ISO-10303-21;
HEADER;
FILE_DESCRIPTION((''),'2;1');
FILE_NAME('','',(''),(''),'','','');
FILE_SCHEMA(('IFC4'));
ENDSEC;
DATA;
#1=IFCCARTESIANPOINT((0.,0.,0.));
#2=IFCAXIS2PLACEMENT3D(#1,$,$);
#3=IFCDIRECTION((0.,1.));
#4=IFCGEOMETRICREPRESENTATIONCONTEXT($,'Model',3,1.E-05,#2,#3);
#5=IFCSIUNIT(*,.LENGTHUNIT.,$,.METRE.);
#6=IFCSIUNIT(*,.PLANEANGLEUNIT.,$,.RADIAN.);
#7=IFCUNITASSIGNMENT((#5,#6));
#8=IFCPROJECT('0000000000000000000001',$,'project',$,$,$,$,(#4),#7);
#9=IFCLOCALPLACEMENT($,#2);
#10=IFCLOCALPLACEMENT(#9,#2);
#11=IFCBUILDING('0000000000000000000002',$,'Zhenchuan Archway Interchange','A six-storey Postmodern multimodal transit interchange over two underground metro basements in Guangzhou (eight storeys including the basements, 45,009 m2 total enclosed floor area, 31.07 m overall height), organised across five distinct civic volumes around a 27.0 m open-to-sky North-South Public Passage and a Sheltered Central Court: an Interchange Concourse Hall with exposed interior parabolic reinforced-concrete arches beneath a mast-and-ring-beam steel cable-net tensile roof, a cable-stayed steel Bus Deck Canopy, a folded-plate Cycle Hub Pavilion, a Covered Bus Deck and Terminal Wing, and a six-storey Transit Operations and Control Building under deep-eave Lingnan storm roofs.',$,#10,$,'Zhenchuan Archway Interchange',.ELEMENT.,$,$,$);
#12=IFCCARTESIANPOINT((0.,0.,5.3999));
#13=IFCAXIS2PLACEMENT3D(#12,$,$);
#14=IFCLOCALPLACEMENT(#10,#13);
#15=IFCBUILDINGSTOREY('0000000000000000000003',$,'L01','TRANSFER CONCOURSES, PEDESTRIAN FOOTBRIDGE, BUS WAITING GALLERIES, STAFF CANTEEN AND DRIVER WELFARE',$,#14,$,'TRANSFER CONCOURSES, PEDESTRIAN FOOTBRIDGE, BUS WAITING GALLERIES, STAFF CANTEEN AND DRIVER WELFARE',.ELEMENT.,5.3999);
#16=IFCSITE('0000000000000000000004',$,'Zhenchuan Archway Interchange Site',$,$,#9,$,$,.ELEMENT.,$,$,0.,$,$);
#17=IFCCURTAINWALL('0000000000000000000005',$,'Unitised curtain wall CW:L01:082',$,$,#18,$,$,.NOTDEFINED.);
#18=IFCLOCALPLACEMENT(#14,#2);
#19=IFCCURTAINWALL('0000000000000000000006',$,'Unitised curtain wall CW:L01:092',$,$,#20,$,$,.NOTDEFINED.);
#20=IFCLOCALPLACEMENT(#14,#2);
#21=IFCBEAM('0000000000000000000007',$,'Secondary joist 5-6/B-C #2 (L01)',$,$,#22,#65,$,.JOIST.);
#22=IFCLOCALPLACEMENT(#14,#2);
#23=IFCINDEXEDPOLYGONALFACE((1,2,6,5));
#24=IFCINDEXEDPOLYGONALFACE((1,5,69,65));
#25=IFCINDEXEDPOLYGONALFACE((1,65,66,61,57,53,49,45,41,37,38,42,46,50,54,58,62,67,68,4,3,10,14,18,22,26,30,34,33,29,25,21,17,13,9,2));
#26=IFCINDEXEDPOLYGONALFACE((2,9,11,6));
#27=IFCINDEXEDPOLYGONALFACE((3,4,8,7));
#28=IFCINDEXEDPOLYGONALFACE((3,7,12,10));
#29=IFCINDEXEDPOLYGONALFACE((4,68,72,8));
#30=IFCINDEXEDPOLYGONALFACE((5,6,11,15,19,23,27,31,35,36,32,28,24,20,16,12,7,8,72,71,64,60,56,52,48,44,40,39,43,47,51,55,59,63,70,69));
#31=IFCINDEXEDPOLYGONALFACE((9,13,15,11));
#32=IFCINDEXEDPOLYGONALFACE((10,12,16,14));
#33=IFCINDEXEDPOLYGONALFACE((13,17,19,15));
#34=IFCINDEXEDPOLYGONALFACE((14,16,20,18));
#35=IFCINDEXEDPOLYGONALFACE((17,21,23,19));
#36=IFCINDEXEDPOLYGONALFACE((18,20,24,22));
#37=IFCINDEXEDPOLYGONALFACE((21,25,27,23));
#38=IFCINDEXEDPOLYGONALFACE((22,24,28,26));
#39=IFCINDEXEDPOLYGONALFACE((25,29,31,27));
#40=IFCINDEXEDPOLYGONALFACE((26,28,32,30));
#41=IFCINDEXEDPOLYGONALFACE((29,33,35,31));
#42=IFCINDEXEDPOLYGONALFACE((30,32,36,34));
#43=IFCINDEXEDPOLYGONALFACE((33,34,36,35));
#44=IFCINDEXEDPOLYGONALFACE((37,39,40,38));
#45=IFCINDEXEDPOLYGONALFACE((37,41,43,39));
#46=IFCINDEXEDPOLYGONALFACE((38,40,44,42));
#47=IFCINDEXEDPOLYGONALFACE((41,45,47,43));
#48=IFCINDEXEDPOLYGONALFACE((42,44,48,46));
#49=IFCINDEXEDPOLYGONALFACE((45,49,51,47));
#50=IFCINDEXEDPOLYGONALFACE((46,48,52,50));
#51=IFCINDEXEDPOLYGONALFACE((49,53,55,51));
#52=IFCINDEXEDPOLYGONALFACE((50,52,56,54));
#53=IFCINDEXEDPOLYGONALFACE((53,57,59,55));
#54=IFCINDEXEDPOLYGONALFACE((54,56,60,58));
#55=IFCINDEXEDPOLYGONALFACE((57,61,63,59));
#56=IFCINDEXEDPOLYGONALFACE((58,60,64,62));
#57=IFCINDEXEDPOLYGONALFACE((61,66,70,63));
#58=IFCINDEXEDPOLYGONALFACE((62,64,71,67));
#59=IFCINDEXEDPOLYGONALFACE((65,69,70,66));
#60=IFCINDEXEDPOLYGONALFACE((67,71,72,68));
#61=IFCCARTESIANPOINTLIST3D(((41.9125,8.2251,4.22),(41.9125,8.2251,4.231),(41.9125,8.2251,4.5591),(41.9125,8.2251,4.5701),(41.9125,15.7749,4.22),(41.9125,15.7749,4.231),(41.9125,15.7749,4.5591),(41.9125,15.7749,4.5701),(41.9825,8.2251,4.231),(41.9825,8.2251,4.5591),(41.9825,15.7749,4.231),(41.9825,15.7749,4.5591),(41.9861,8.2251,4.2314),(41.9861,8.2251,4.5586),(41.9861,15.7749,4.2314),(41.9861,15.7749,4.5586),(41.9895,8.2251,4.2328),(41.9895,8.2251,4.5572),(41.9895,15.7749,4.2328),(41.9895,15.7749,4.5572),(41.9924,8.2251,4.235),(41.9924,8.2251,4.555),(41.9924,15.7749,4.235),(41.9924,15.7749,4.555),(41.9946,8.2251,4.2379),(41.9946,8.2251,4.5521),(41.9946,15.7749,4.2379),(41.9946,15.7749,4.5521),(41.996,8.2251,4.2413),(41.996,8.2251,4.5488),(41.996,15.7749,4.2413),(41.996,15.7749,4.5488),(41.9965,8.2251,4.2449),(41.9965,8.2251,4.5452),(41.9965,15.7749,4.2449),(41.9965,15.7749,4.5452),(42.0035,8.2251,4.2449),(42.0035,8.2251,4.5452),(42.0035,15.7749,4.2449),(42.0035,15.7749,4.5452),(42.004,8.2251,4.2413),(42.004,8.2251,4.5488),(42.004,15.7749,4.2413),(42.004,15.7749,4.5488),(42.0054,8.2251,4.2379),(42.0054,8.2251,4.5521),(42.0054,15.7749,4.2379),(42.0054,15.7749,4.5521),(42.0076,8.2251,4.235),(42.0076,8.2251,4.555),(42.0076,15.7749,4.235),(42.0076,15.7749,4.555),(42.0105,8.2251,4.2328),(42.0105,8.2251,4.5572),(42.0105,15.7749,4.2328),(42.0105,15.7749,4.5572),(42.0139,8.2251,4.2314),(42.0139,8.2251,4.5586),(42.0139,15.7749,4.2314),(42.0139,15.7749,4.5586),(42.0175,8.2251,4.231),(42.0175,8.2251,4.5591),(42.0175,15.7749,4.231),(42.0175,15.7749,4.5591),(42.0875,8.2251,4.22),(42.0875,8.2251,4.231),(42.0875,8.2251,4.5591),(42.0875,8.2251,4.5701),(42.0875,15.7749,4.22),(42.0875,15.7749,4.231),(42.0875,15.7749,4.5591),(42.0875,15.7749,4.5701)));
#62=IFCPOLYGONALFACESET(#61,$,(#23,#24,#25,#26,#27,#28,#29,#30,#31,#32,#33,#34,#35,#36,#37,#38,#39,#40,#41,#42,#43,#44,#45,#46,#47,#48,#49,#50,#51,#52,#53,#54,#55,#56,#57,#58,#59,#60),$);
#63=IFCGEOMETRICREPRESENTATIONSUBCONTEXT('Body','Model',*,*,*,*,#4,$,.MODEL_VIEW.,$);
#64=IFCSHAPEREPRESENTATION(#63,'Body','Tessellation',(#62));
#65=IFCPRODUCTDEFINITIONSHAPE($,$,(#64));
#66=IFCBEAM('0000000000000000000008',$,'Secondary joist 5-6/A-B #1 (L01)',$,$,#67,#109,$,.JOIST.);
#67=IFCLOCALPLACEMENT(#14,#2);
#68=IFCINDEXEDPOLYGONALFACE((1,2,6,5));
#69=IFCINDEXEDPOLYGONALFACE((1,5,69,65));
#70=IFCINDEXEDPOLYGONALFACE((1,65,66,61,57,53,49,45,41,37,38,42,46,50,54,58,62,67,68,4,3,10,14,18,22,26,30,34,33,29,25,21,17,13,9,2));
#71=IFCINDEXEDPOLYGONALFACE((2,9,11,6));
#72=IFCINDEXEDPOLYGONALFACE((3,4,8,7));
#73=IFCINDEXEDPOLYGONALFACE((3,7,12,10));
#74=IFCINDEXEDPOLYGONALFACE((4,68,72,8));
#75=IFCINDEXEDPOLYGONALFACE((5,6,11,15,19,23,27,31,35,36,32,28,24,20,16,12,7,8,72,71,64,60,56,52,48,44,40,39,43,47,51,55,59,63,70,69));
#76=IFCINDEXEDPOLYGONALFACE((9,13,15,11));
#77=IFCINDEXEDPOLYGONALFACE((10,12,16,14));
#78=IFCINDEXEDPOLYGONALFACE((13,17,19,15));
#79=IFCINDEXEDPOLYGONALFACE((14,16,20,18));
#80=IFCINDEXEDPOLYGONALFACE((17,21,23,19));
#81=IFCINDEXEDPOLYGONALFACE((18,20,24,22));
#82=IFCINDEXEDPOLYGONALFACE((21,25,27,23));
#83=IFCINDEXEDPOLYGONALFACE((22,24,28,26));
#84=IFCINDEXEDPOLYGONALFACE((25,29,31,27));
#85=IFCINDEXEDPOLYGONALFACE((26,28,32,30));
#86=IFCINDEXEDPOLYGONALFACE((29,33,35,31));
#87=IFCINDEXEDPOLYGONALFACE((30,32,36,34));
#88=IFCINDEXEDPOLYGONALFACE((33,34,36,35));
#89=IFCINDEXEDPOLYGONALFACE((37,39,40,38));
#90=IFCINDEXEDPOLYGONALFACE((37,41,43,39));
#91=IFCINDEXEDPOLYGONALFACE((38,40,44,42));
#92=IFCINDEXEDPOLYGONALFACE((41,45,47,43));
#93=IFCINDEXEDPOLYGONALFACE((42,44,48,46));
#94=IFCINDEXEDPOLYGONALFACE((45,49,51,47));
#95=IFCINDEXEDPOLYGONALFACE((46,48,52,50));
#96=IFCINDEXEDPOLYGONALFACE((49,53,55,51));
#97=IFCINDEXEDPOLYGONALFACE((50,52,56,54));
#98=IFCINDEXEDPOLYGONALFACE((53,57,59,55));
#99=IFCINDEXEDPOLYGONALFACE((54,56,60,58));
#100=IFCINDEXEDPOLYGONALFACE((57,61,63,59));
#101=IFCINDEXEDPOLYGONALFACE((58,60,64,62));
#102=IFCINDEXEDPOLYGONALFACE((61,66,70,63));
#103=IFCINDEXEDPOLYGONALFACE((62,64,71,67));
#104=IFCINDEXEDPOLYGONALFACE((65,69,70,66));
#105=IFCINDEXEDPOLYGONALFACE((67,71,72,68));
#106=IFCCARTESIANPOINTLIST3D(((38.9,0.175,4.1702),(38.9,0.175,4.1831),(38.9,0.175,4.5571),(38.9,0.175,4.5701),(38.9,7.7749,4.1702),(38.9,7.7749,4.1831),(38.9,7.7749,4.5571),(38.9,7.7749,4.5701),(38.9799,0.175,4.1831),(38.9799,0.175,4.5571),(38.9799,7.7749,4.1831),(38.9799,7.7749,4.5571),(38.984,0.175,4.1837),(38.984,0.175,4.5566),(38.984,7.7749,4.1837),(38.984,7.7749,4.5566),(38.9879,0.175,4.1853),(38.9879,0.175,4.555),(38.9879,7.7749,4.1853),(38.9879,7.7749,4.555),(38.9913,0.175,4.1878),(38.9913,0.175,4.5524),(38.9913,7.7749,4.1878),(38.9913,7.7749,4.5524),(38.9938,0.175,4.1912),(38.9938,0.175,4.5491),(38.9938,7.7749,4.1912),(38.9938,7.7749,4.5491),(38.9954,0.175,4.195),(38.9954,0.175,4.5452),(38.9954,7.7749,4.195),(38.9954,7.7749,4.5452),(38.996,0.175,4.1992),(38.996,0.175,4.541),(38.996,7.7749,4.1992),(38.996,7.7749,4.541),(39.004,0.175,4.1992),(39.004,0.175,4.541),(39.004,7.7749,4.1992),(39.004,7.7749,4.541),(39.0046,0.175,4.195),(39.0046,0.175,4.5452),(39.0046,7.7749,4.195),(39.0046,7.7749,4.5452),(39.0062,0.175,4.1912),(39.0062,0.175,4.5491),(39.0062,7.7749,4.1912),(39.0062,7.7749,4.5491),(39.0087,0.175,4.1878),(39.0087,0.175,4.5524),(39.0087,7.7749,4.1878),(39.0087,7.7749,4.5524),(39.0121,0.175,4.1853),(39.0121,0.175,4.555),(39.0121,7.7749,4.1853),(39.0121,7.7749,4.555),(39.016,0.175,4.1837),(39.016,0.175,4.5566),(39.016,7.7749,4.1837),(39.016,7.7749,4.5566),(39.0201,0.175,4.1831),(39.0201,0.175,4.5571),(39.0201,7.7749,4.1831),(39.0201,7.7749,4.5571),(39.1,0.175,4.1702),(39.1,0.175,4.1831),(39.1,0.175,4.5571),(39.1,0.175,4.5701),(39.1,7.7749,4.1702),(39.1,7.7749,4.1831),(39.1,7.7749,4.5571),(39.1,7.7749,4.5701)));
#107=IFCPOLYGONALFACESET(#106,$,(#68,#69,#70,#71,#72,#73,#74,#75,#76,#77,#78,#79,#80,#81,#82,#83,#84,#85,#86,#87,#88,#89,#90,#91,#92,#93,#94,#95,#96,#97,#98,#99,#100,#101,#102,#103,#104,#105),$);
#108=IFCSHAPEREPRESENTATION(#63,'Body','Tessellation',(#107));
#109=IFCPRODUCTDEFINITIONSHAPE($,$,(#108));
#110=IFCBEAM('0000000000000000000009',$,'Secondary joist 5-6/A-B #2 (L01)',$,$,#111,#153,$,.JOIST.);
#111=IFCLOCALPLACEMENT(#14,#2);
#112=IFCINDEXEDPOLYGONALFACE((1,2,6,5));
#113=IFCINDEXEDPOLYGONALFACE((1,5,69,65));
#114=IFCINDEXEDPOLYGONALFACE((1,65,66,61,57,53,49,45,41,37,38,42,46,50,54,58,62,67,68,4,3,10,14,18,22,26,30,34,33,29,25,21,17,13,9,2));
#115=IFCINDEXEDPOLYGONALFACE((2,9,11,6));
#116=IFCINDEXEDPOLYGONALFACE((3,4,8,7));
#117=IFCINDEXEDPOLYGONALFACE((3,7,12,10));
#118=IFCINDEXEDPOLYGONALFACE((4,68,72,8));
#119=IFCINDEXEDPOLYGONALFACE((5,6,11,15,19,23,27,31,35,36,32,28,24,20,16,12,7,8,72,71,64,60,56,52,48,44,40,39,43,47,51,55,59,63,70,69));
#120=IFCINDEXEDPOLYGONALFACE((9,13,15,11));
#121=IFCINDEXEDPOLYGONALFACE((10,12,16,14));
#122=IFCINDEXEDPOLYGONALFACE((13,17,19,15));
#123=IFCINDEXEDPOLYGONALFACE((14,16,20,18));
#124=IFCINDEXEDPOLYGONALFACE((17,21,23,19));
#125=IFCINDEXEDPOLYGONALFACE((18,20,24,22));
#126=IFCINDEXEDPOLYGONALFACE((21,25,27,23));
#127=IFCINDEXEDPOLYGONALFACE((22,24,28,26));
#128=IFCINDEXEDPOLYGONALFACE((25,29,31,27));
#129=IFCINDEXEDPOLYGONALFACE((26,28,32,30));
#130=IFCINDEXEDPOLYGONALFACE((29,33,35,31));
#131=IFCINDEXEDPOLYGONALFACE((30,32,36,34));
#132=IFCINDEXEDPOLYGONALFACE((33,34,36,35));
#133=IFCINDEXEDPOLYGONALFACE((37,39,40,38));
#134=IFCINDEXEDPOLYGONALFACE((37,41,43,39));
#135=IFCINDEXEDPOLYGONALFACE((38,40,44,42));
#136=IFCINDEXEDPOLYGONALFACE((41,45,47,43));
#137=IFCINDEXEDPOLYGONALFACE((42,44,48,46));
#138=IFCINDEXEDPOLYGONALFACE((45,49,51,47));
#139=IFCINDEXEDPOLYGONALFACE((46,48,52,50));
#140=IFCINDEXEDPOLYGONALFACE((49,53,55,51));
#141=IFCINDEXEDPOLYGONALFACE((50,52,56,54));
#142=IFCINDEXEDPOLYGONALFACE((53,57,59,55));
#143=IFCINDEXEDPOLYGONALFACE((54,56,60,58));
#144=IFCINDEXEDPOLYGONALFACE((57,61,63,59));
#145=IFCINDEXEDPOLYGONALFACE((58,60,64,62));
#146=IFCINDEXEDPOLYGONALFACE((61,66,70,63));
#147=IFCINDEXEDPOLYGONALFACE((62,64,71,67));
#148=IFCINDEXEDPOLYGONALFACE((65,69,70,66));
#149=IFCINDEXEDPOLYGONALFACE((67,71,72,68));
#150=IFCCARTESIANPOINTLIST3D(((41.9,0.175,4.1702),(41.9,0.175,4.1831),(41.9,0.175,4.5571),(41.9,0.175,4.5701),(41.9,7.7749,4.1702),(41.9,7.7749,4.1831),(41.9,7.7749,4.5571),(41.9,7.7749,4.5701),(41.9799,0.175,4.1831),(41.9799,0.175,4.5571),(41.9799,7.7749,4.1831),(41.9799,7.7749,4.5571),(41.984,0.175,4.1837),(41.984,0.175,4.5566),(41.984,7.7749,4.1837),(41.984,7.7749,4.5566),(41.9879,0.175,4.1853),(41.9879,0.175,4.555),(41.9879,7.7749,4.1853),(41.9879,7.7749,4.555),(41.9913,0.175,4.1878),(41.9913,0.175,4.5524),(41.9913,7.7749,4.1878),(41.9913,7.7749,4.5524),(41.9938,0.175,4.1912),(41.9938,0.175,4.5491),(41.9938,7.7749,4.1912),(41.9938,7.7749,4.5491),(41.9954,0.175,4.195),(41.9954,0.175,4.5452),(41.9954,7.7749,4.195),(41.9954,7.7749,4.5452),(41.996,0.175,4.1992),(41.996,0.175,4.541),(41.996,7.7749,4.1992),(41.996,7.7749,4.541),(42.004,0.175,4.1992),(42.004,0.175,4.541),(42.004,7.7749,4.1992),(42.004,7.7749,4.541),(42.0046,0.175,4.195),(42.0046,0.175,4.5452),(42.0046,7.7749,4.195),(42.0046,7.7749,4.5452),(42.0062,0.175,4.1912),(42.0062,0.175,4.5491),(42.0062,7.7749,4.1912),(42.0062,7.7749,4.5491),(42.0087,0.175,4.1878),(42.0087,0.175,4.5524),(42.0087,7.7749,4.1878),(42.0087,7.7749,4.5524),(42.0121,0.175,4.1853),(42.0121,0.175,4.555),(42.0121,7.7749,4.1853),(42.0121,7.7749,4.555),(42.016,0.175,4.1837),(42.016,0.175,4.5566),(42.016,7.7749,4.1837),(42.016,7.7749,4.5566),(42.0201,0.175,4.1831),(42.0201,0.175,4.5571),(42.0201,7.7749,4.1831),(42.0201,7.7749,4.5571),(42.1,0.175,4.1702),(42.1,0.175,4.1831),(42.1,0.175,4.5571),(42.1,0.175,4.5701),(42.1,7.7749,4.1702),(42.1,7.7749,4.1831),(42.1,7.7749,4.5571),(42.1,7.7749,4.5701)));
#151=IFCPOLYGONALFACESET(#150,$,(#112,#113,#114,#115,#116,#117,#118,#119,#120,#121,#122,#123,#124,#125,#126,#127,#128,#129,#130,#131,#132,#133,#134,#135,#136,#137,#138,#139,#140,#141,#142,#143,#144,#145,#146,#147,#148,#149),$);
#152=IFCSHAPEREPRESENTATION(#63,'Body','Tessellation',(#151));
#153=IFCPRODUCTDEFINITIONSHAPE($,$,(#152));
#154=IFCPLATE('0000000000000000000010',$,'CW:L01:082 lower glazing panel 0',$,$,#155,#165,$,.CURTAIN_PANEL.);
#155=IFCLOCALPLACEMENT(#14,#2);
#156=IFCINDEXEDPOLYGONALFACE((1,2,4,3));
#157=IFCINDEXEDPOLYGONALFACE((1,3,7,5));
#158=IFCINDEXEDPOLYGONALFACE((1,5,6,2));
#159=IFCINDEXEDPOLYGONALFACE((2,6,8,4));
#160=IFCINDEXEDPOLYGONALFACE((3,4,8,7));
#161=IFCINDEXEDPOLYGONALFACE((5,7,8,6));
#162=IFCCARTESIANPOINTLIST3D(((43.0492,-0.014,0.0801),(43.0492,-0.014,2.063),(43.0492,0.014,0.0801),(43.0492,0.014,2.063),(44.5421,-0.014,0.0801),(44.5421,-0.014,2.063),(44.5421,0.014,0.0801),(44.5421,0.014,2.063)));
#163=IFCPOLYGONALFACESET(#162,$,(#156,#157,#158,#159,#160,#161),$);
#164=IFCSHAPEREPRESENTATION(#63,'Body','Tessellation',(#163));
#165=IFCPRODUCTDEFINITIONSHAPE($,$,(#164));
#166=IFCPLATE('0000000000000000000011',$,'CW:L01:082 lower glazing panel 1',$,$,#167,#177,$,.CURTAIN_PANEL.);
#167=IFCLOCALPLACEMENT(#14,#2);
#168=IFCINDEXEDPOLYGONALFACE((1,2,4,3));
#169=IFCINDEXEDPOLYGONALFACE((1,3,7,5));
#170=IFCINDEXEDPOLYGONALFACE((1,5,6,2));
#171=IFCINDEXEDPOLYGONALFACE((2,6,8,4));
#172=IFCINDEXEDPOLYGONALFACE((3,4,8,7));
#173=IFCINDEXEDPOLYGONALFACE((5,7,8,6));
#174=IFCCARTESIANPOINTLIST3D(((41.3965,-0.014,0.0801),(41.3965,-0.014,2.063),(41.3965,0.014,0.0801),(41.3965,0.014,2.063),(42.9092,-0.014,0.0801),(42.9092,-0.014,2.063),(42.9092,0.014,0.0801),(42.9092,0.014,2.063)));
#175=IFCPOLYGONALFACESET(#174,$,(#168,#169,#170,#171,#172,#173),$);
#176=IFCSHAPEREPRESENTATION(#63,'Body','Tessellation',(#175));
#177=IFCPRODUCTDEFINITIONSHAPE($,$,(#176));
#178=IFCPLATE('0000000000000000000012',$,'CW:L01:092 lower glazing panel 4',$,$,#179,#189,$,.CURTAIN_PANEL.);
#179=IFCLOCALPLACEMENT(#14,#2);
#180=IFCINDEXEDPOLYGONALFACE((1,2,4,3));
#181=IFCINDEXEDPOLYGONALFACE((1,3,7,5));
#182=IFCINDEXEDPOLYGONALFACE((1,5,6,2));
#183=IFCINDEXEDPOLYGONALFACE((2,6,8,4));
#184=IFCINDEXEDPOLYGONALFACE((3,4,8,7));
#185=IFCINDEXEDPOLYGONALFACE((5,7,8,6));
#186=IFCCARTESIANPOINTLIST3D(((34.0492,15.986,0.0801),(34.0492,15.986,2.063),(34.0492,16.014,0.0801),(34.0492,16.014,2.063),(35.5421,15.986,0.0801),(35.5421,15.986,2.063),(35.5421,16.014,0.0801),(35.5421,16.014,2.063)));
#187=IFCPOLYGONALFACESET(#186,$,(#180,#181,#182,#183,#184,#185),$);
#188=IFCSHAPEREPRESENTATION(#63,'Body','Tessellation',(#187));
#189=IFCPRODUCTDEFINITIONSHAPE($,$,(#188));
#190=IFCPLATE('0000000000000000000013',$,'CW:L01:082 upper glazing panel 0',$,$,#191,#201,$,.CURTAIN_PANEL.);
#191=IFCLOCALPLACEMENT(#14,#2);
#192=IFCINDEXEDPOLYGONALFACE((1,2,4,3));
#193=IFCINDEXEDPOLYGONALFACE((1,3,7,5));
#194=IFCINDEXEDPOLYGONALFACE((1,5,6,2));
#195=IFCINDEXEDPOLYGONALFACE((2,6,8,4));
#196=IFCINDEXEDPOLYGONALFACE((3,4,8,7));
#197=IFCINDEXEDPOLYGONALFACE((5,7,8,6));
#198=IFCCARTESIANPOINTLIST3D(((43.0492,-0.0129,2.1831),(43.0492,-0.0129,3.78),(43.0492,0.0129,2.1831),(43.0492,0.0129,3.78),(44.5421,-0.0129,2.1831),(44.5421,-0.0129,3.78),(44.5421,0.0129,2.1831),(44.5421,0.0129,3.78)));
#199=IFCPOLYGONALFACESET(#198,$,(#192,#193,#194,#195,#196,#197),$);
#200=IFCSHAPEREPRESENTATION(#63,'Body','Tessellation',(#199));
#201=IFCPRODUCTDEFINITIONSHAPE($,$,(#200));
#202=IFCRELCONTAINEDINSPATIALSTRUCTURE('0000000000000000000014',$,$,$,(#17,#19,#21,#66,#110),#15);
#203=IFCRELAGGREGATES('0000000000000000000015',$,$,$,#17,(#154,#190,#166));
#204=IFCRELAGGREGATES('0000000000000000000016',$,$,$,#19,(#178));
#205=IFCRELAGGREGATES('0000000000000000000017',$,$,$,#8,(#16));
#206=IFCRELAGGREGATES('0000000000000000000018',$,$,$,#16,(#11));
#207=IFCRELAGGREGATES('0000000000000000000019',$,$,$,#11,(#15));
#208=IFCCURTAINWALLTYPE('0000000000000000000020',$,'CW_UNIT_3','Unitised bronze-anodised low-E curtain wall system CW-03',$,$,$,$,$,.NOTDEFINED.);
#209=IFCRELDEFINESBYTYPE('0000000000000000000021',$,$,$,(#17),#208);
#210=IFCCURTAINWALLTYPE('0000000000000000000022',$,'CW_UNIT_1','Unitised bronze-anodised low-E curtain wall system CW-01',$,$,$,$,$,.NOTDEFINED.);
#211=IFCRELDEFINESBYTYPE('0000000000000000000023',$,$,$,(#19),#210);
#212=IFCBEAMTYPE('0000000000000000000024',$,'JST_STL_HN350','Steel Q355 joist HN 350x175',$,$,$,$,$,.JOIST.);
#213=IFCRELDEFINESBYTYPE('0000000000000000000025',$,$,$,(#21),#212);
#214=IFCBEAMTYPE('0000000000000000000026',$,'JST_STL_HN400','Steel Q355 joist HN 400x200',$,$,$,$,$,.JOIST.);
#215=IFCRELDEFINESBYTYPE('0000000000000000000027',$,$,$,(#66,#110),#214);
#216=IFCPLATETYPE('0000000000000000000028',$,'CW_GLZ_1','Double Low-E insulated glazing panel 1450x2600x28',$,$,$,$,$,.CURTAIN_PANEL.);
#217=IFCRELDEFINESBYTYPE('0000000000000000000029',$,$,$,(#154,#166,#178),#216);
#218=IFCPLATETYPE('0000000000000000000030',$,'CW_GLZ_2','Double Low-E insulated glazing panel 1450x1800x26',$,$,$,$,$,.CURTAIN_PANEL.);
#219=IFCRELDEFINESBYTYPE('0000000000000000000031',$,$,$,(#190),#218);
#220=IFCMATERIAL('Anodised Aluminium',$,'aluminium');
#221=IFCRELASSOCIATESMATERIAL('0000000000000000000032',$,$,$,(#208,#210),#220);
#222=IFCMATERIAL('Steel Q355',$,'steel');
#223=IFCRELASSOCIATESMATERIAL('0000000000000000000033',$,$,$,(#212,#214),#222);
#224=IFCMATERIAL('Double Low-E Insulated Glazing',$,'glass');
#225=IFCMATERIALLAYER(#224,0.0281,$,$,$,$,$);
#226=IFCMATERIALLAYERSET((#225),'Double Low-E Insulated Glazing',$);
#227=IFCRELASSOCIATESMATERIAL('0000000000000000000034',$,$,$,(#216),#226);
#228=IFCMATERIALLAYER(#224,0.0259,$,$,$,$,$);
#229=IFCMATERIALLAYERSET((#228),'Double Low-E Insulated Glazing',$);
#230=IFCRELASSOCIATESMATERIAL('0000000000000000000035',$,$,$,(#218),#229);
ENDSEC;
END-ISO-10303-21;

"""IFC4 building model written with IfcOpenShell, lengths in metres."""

from ifc_helpers import new_model, si_unit, direction, frame, origin, origin_2d, place, context, subcontext, project, spatial, rectangle, i_section, extrude, material, layer, layer_set, material_profile, profile_set, type_object, element, aggregate, save


model = new_model("IFC4")

# Units and contexts
model_context = context("Model", 3, precision=1e-05, world=origin(), true_north=direction((0.0, 1.0)))
body_context = subcontext(model_context, "Body", "Model", "MODEL_VIEW")
ifc_project = project(units=[si_unit("LENGTHUNIT", "METRE"), si_unit("PLANEANGLEUNIT", "RADIAN")], contexts=[model_context])

# Site, building, storey
site_placement = place(None, origin())
site = spatial("IfcSite", under=ifc_project, at=site_placement, Name="Zhenchuan Archway Interchange Site", CompositionType="ELEMENT", RefElevation=0.0)
building_placement = place(site_placement, origin())
building = spatial("IfcBuilding", under=site, at=building_placement, Name="Zhenchuan Archway Interchange", Description="A six-storey Postmodern multimodal transit interchange over two underground metro basements in Guangzhou (eight storeys including the basements, 45,009 m2 total enclosed floor area, 31.07 m overall height), organised across five distinct civic volumes around a 27.0 m open-to-sky North-South Public Passage and a Sheltered Central Court: an Interchange Concourse Hall with exposed interior parabolic reinforced-concrete arches beneath a mast-and-ring-beam steel cable-net tensile roof, a cable-stayed steel Bus Deck Canopy, a folded-plate Cycle Hub Pavilion, a Covered Bus Deck and Terminal Wing, and a six-storey Transit Operations and Control Building under deep-eave Lingnan storm roofs.", LongName="Zhenchuan Archway Interchange", CompositionType="ELEMENT")
storey_placement = place(building_placement, frame((0.0, 0.0, 5.3999)))
storey = spatial("IfcBuildingStorey", under=building, at=storey_placement, Name="L01", Description="TRANSFER CONCOURSES, PEDESTRIAN FOOTBRIDGE, BUS WAITING GALLERIES, STAFF CANTEEN AND DRIVER WELFARE", LongName="TRANSFER CONCOURSES, PEDESTRIAN FOOTBRIDGE, BUS WAITING GALLERIES, STAFF CANTEEN AND DRIVER WELFARE", CompositionType="ELEMENT", Elevation=5.3999)

# Curtain wall
ifc_material_1 = material(Name="Anodised Aluminium", Category="aluminium")
curtain_wall_type_1 = type_object("IfcCurtainWallType", Name="CW_UNIT_3", Description="Unitised bronze-anodised low-E curtain wall system CW-03", PredefinedType="NOTDEFINED", material=ifc_material_1)
curtain_wall_1_placement = place(storey_placement, origin())
curtain_wall_1 = element("IfcCurtainWall", 1, at=curtain_wall_1_placement, inside=storey, type_object=curtain_wall_type_1, Name="Unitised curtain wall CW:L01:082", PredefinedType="NOTDEFINED")

# Curtain wall
curtain_wall_type_2 = type_object("IfcCurtainWallType", Name="CW_UNIT_1", Description="Unitised bronze-anodised low-E curtain wall system CW-01", PredefinedType="NOTDEFINED", material=ifc_material_1)
curtain_wall_2_placement = place(storey_placement, origin())
curtain_wall_2 = element("IfcCurtainWall", 2, at=curtain_wall_2_placement, inside=storey, type_object=curtain_wall_type_2, Name="Unitised curtain wall CW:L01:092", PredefinedType="NOTDEFINED")

# Beams
ifc_material_2 = material(Name="Steel Q355", Category="steel")
ifc_material_profile_1 = material_profile(ifc_material_2, i_section(OverallWidth=0.175, OverallDepth=0.3501, WebThickness=0.0071, FlangeThickness=0.011, FilletRadius=0.0139, at=origin_2d()), Name="HN 350x175")
ifc_profile_set_1 = profile_set([ifc_material_profile_1], Name="Steel Q355")
beam_type_1 = type_object("IfcBeamType", Name="JST_STL_HN350", Description="Steel Q355 joist HN 350x175", PredefinedType="JOIST", material=ifc_profile_set_1)
for number, where, z_axis, x_axis, name in (
    (3, (42.0, 8.2251, 4.395), (0.0, 1.0, 0.0), (-1.0, 0.0, 0.0), "Secondary joist 5-6/B-C #2 (L01)"),
):
    element("IfcBeam", number, at=place(storey_placement, frame(where, z_axis=z_axis, x_axis=x_axis)), inside=storey, type_object=beam_type_1, Name=name, PredefinedType="JOIST", context=body_context, shape_type="SweptSolid", body=[
        extrude(i_section(OverallWidth=0.175, OverallDepth=0.3501, WebThickness=0.0071, FlangeThickness=0.011, FilletRadius=0.0139, at=origin_2d()), origin(), (0.0, 0.0, 1.0), 7.5498),
    ])
ifc_material_profile_2 = material_profile(ifc_material_2, i_section(OverallWidth=0.2, OverallDepth=0.3999, WebThickness=0.0081, FlangeThickness=0.0129, FilletRadius=0.0161, at=origin_2d()), Name="HN 400x200")
ifc_profile_set_2 = profile_set([ifc_material_profile_2], Name="Steel Q355")
beam_type_2 = type_object("IfcBeamType", Name="JST_STL_HN400", Description="Steel Q355 joist HN 400x200", PredefinedType="JOIST", material=ifc_profile_set_2)
for number, where, z_axis, x_axis, name in (
    (4, (39.0, 0.175, 4.3701), (0.0, 1.0, 0.0), (-1.0, 0.0, 0.0), "Secondary joist 5-6/A-B #1 (L01)"),
    (5, (42.0, 0.175, 4.3701), (0.0, 1.0, 0.0), (-1.0, 0.0, 0.0), "Secondary joist 5-6/A-B #2 (L01)"),
):
    element("IfcBeam", number, at=place(storey_placement, frame(where, z_axis=z_axis, x_axis=x_axis)), inside=storey, type_object=beam_type_2, Name=name, PredefinedType="JOIST", context=body_context, shape_type="SweptSolid", body=[
        extrude(i_section(OverallWidth=0.2, OverallDepth=0.3999, WebThickness=0.0081, FlangeThickness=0.0129, FilletRadius=0.0161, at=origin_2d()), origin(), (0.0, 0.0, 1.0), 7.5999),
    ])

# Plates
ifc_material_3 = material(Name="Double Low-E Insulated Glazing", Category="glass")
ifc_layer_1 = layer(ifc_material_3, 0.0281)
ifc_layer_set_1 = layer_set([ifc_layer_1], Name="Double Low-E Insulated Glazing")
plate_type_1 = type_object("IfcPlateType", Name="CW_GLZ_1", Description="Double Low-E insulated glazing panel 1450x2600x28", PredefinedType="CURTAIN_PANEL", material=ifc_layer_set_1)
plate_1_placement = place(storey_placement, frame((43.7957, 0.0, 0.0801), z_axis=(0.0, 0.0, 1.0), x_axis=(-1.0, 0.0, 0.0)))
plate_1 = element("IfcPlate", 6, at=plate_1_placement, type_object=plate_type_1, Name="CW:L01:082 lower glazing panel 0", PredefinedType="CURTAIN_PANEL", context=body_context, shape_type="SweptSolid", body=[
    extrude(rectangle(XDim=1.4929, YDim=0.0281, at=origin_2d()), origin(), (0.0, 0.0, 1.0), 1.9829),
])
plate_2_placement = place(storey_placement, frame((42.1528, 0.0, 0.0801), z_axis=(0.0, 0.0, 1.0), x_axis=(-1.0, 0.0, 0.0)))
plate_2 = element("IfcPlate", 7, at=plate_2_placement, type_object=plate_type_1, Name="CW:L01:082 lower glazing panel 1", PredefinedType="CURTAIN_PANEL", context=body_context, shape_type="SweptSolid", body=[
    extrude(rectangle(XDim=1.5127, YDim=0.0281, at=origin_2d()), origin(), (0.0, 0.0, 1.0), 1.9829),
])
plate_3_placement = place(storey_placement, frame((34.7957, 16.0, 0.0801), z_axis=(0.0, 0.0, 1.0), x_axis=(1.0, 0.0, 0.0)))
plate_3 = element("IfcPlate", 8, at=plate_3_placement, type_object=plate_type_1, Name="CW:L01:092 lower glazing panel 4", PredefinedType="CURTAIN_PANEL", context=body_context, shape_type="SweptSolid", body=[
    extrude(rectangle(XDim=1.4929, YDim=0.0281, at=origin_2d()), origin(), (0.0, 0.0, 1.0), 1.9829),
])
ifc_layer_2 = layer(ifc_material_3, 0.0259)
ifc_layer_set_2 = layer_set([ifc_layer_2], Name="Double Low-E Insulated Glazing")
plate_type_2 = type_object("IfcPlateType", Name="CW_GLZ_2", Description="Double Low-E insulated glazing panel 1450x1800x26", PredefinedType="CURTAIN_PANEL", material=ifc_layer_set_2)
plate_4_placement = place(storey_placement, frame((43.7957, 0.0, 2.1831), z_axis=(0.0, 0.0, 1.0), x_axis=(-1.0, 0.0, 0.0)))
plate_4 = element("IfcPlate", 9, at=plate_4_placement, type_object=plate_type_2, Name="CW:L01:082 upper glazing panel 0", PredefinedType="CURTAIN_PANEL", context=body_context, shape_type="SweptSolid", body=[
    extrude(rectangle(XDim=1.4929, YDim=0.0259, at=origin_2d()), origin(), (0.0, 0.0, 1.0), 1.5969),
])
aggregate(curtain_wall_1, [plate_1, plate_4, plate_2])
aggregate(curtain_wall_2, [plate_3])

save(model, "model.ifc")
